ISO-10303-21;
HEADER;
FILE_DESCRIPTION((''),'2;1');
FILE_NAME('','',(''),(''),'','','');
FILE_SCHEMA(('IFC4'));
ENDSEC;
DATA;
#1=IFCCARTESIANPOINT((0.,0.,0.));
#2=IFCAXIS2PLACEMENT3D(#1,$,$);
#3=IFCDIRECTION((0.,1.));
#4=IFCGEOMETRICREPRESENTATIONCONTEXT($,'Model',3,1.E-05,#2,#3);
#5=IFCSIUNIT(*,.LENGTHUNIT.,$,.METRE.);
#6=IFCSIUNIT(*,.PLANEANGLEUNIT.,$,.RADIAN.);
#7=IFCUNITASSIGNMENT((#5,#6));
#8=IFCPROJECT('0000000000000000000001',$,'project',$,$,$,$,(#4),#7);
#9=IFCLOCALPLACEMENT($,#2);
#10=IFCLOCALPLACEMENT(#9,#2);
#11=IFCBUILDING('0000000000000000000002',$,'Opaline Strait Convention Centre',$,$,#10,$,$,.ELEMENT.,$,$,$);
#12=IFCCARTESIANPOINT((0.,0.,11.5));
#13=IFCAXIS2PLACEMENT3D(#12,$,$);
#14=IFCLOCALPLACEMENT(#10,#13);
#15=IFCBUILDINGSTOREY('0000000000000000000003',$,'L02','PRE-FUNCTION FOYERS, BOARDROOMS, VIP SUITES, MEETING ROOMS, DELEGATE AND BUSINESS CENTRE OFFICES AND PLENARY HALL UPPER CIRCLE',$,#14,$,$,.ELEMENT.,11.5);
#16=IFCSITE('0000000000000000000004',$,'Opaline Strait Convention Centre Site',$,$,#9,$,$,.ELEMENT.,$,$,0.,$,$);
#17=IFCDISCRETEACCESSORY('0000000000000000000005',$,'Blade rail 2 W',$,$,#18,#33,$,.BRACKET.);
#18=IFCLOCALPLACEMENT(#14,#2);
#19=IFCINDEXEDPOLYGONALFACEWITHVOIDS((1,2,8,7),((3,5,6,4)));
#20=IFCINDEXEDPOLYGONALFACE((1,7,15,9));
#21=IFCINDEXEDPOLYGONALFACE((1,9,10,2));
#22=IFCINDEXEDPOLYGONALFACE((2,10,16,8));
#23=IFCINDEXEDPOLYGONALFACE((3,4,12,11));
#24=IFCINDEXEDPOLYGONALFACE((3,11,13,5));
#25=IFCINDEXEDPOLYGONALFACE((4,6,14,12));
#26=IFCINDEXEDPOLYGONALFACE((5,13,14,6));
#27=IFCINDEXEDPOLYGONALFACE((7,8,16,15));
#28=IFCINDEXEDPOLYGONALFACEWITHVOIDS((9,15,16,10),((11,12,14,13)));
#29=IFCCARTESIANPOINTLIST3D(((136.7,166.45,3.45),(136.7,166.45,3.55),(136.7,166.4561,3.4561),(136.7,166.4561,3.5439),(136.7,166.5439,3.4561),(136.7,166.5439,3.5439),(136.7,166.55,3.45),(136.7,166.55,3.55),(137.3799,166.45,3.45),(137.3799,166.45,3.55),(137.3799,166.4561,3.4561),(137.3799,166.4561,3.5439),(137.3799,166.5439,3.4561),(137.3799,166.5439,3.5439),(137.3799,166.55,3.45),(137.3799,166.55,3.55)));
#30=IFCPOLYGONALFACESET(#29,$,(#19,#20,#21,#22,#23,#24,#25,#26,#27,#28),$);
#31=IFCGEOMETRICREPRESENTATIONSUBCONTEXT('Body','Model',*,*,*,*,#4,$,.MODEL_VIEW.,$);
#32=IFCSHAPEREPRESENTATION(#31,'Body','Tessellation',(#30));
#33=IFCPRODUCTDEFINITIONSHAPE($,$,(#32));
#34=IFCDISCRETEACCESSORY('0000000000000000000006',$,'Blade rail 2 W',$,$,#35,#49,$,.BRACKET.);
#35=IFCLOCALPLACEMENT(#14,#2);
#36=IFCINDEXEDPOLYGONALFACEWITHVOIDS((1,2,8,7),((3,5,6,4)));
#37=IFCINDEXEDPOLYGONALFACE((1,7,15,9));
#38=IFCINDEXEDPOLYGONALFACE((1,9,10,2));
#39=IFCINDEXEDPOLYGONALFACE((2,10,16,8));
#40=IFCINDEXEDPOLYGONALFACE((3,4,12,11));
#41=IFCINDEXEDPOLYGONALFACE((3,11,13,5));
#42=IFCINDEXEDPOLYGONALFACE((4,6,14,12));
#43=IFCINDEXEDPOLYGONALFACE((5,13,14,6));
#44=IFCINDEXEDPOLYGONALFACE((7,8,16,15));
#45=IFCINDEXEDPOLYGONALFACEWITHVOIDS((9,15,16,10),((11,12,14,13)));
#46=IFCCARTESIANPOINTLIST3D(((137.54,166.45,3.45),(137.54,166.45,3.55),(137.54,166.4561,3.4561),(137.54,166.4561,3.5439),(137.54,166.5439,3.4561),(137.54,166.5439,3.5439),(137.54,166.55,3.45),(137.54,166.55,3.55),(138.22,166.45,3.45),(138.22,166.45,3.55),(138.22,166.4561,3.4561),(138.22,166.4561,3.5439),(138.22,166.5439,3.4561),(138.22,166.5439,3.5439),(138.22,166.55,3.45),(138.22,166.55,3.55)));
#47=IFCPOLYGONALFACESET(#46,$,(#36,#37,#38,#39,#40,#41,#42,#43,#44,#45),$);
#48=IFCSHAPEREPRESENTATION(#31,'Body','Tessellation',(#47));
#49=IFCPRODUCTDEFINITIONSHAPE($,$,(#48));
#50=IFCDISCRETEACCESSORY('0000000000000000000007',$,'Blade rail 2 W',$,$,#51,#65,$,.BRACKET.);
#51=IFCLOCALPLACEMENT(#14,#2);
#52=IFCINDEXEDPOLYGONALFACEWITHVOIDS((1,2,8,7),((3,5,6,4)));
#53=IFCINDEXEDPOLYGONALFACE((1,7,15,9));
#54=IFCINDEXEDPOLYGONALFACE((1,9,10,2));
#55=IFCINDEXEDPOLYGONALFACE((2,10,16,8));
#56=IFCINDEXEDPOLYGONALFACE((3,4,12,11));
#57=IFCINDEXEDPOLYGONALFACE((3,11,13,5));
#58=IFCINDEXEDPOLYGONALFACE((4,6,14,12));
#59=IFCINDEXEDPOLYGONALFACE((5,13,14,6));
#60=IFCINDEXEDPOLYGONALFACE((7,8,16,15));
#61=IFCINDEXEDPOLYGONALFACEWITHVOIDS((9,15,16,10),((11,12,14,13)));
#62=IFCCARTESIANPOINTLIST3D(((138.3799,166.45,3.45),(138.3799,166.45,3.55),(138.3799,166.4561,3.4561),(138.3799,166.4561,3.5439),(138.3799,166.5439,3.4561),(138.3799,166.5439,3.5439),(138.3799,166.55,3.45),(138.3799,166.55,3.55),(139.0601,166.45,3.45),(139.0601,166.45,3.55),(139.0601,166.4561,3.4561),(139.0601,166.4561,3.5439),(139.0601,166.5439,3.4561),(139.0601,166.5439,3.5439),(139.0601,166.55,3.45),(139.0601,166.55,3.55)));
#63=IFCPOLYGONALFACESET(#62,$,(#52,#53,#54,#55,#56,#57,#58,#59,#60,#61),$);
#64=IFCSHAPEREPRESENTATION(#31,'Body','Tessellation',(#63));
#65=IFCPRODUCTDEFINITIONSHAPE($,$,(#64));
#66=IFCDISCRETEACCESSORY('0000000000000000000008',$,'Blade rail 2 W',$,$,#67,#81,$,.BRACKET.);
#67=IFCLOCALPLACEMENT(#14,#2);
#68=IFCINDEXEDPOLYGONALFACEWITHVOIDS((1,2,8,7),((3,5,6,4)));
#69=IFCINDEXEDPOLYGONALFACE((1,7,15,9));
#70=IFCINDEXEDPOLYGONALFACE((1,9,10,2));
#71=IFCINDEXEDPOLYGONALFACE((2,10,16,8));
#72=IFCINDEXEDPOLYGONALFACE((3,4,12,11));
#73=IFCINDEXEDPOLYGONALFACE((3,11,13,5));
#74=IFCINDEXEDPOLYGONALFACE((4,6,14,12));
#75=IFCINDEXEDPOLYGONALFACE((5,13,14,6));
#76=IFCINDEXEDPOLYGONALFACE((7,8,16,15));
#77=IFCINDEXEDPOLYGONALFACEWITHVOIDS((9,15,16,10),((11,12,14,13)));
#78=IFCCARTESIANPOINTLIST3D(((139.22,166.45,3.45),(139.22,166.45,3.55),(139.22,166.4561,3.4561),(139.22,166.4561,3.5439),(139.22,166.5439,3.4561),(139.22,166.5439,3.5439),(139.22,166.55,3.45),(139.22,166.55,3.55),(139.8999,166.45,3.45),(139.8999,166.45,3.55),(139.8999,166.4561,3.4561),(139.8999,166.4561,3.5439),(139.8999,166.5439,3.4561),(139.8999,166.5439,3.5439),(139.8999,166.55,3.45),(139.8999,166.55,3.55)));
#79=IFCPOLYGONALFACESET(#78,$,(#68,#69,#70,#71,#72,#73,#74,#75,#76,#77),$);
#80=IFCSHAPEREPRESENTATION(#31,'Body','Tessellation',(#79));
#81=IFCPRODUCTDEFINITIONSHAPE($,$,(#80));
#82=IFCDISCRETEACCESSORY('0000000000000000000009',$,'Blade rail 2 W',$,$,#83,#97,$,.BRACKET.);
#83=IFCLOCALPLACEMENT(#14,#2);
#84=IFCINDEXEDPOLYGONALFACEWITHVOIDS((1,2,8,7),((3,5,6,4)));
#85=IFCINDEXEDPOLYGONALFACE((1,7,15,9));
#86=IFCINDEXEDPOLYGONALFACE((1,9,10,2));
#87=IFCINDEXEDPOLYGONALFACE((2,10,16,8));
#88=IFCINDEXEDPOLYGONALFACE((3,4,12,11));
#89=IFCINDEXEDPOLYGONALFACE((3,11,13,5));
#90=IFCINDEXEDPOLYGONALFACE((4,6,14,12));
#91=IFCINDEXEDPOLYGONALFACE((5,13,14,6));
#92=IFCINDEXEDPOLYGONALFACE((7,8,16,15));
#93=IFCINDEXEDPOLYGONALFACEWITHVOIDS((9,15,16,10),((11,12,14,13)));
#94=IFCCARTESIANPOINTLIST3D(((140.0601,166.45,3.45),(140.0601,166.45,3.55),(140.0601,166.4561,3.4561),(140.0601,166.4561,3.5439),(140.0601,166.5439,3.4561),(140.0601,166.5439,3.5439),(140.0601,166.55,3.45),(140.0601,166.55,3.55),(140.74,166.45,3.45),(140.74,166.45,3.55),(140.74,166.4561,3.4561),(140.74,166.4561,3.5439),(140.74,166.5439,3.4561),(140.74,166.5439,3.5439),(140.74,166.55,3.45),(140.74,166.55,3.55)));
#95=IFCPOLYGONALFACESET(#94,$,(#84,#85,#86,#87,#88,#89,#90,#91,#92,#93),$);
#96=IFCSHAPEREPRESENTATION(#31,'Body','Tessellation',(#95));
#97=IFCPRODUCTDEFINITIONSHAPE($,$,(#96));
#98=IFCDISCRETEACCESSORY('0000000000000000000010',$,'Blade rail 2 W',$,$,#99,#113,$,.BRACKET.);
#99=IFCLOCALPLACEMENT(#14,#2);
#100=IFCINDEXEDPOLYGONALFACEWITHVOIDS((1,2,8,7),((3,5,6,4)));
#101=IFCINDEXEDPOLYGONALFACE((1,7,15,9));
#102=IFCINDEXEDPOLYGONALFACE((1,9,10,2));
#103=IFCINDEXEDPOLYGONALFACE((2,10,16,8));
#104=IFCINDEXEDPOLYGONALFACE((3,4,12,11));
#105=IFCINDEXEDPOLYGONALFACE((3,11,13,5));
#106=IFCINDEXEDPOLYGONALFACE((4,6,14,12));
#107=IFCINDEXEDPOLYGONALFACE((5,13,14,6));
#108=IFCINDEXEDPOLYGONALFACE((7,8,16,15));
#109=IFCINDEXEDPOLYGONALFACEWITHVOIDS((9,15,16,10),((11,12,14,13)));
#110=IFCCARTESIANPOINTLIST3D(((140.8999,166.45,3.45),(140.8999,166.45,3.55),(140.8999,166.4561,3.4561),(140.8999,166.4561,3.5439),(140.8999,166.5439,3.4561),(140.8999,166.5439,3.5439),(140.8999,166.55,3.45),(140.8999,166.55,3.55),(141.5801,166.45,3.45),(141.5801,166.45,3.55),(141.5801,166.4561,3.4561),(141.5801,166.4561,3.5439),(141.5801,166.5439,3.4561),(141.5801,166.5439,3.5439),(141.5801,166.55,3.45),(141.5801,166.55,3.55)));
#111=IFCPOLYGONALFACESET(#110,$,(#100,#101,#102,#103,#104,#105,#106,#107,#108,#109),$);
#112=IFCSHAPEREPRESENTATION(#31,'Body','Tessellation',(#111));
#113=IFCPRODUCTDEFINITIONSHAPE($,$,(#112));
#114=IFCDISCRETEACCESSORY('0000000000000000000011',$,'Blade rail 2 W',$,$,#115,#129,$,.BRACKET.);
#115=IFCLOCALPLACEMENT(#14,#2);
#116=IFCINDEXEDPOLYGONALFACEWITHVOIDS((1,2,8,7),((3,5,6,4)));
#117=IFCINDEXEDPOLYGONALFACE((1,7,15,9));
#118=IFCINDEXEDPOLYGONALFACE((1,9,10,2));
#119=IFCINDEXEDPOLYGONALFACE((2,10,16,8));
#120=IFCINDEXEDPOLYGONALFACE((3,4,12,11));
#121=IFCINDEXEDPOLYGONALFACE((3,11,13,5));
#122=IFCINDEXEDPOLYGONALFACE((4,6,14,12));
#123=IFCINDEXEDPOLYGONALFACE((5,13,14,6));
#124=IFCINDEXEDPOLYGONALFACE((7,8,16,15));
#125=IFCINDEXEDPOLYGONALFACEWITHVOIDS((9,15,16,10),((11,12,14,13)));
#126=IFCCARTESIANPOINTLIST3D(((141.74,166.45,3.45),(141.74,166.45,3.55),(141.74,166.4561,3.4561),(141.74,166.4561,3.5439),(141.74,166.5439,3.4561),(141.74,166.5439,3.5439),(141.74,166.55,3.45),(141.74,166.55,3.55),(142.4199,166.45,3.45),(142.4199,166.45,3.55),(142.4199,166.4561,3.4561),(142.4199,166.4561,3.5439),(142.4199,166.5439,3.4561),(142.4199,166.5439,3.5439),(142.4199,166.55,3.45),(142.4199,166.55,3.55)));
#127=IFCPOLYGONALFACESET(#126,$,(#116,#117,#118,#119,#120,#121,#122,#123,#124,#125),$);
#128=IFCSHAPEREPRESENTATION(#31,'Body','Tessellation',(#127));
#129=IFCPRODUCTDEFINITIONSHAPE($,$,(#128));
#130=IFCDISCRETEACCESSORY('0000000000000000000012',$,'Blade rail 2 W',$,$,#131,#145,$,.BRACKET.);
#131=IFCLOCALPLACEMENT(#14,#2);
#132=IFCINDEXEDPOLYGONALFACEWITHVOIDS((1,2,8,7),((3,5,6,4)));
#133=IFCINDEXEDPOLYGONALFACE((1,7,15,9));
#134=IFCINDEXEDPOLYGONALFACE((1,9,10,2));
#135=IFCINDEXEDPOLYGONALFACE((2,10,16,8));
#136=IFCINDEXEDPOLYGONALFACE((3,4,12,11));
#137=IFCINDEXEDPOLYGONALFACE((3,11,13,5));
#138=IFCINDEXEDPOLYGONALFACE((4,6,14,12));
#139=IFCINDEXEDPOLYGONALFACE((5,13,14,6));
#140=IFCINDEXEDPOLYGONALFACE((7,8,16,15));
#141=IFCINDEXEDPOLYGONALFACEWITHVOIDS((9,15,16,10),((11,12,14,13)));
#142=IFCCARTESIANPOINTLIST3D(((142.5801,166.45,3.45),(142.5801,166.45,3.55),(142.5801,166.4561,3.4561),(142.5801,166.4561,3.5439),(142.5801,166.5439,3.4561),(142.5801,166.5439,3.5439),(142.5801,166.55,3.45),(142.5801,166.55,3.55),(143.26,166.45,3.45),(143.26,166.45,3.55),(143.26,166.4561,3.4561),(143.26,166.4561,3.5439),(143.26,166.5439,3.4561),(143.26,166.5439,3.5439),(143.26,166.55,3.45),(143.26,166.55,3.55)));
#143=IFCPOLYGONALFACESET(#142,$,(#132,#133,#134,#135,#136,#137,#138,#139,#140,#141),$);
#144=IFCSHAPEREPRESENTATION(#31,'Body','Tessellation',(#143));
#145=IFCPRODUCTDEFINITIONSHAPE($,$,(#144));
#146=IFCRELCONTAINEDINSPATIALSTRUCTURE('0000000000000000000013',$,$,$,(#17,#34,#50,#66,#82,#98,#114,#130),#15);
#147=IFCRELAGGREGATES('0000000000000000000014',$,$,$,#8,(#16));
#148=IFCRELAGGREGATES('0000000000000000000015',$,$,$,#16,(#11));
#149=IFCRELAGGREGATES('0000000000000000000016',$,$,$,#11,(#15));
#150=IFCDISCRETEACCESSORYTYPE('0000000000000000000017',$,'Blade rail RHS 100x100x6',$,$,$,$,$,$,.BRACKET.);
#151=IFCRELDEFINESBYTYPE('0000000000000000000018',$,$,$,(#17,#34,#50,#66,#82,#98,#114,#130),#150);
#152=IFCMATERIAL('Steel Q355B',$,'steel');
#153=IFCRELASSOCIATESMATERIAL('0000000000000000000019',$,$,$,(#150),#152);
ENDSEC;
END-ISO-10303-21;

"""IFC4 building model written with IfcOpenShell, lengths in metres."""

from ifc_helpers import new_model, si_unit, direction, frame, origin, origin_2d, place, context, subcontext, project, spatial, hollow_rectangle, extrude, material, material_profile, profile_set, type_object, element, save


model = new_model("IFC4")

# Units and contexts
model_context = context("Model", 3, precision=1e-05, world=origin(), true_north=direction((0.0, 1.0)))
body_context = subcontext(model_context, "Body", "Model", "MODEL_VIEW")
ifc_project = project(units=[si_unit("LENGTHUNIT", "METRE"), si_unit("PLANEANGLEUNIT", "RADIAN")], contexts=[model_context])

# Site, building, storey
site_placement = place(None, origin())
site = spatial("IfcSite", under=ifc_project, at=site_placement, Name="Opaline Strait Convention Centre Site", CompositionType="ELEMENT", RefElevation=0.0)
building_placement = place(site_placement, origin())
building = spatial("IfcBuilding", under=site, at=building_placement, Name="Opaline Strait Convention Centre", CompositionType="ELEMENT")
storey_placement = place(building_placement, frame((0.0, 0.0, 11.5)))
storey = spatial("IfcBuildingStorey", under=building, at=storey_placement, Name="L02", Description="PRE-FUNCTION FOYERS, BOARDROOMS, VIP SUITES, MEETING ROOMS, DELEGATE AND BUSINESS CENTRE OFFICES AND PLENARY HALL UPPER CIRCLE", CompositionType="ELEMENT", Elevation=11.5)

# Discrete accessories
ifc_material_1 = material(Name="Steel Q355B", Category="steel")
ifc_material_profile_1 = material_profile(ifc_material_1, hollow_rectangle(XDim=0.1001, YDim=0.1001, WallThickness=0.0061, at=origin_2d()), Name="RHS 100x100x6")
ifc_profile_set_1 = profile_set([ifc_material_profile_1], Name="Steel Q355B")
discrete_accessory_type = type_object("IfcDiscreteAccessoryType", Name="Blade rail RHS 100x100x6", PredefinedType="BRACKET", material=ifc_profile_set_1)
for number, where, z_axis, x_axis, name in (
    (1, (136.7, 166.5, 3.5), (1.0, 0.0, 0.0), (0.0, 1.0, 0.0), "Blade rail 2 W"),
    (2, (137.54, 166.5, 3.5), (1.0, 0.0, 0.0), (0.0, 1.0, 0.0), "Blade rail 2 W"),
):
    element("IfcDiscreteAccessory", number, at=place(storey_placement, frame(where, z_axis=z_axis, x_axis=x_axis)), inside=storey, type_object=discrete_accessory_type, Name=name, PredefinedType="BRACKET", context=body_context, shape_type="SweptSolid", body=[
        extrude(hollow_rectangle(XDim=0.1001, YDim=0.1001, WallThickness=0.0061, at=origin_2d()), origin(), (0.0, 0.0, 1.0), 0.6799),
    ])
discrete_accessory_1_placement = place(storey_placement, frame((138.3799, 166.5, 3.5), z_axis=(1.0, 0.0, 0.0), x_axis=(0.0, 1.0, 0.0)))
element("IfcDiscreteAccessory", 3, at=discrete_accessory_1_placement, inside=storey, type_object=discrete_accessory_type, Name="Blade rail 2 W", PredefinedType="BRACKET", context=body_context, shape_type="SweptSolid", body=[
    extrude(hollow_rectangle(XDim=0.1001, YDim=0.1001, WallThickness=0.0061, at=origin_2d()), origin(), (0.0, 0.0, 1.0), 0.6802),
])
for number, where, z_axis, x_axis, name in (
    (4, (139.22, 166.5, 3.5), (1.0, 0.0, 0.0), (0.0, 1.0, 0.0), "Blade rail 2 W"),
    (5, (140.0601, 166.5, 3.5), (1.0, 0.0, 0.0), (0.0, 1.0, 0.0), "Blade rail 2 W"),
):
    element("IfcDiscreteAccessory", number, at=place(storey_placement, frame(where, z_axis=z_axis, x_axis=x_axis)), inside=storey, type_object=discrete_accessory_type, Name=name, PredefinedType="BRACKET", context=body_context, shape_type="SweptSolid", body=[
        extrude(hollow_rectangle(XDim=0.1001, YDim=0.1001, WallThickness=0.0061, at=origin_2d()), origin(), (0.0, 0.0, 1.0), 0.6799),
    ])
discrete_accessory_2_placement = place(storey_placement, frame((140.8999, 166.5, 3.5), z_axis=(1.0, 0.0, 0.0), x_axis=(0.0, 1.0, 0.0)))
element("IfcDiscreteAccessory", 6, at=discrete_accessory_2_placement, inside=storey, type_object=discrete_accessory_type, Name="Blade rail 2 W", PredefinedType="BRACKET", context=body_context, shape_type="SweptSolid", body=[
    extrude(hollow_rectangle(XDim=0.1001, YDim=0.1001, WallThickness=0.0061, at=origin_2d()), origin(), (0.0, 0.0, 1.0), 0.6802),
])
for number, where, z_axis, x_axis, name in (
    (7, (141.74, 166.5, 3.5), (1.0, 0.0, 0.0), (0.0, 1.0, 0.0), "Blade rail 2 W"),
    (8, (142.5801, 166.5, 3.5), (1.0, 0.0, 0.0), (0.0, 1.0, 0.0), "Blade rail 2 W"),
):
    element("IfcDiscreteAccessory", number, at=place(storey_placement, frame(where, z_axis=z_axis, x_axis=x_axis)), inside=storey, type_object=discrete_accessory_type, Name=name, PredefinedType="BRACKET", context=body_context, shape_type="SweptSolid", body=[
        extrude(hollow_rectangle(XDim=0.1001, YDim=0.1001, WallThickness=0.0061, at=origin_2d()), origin(), (0.0, 0.0, 1.0), 0.6799),
    ])

save(model, "model.ifc")
